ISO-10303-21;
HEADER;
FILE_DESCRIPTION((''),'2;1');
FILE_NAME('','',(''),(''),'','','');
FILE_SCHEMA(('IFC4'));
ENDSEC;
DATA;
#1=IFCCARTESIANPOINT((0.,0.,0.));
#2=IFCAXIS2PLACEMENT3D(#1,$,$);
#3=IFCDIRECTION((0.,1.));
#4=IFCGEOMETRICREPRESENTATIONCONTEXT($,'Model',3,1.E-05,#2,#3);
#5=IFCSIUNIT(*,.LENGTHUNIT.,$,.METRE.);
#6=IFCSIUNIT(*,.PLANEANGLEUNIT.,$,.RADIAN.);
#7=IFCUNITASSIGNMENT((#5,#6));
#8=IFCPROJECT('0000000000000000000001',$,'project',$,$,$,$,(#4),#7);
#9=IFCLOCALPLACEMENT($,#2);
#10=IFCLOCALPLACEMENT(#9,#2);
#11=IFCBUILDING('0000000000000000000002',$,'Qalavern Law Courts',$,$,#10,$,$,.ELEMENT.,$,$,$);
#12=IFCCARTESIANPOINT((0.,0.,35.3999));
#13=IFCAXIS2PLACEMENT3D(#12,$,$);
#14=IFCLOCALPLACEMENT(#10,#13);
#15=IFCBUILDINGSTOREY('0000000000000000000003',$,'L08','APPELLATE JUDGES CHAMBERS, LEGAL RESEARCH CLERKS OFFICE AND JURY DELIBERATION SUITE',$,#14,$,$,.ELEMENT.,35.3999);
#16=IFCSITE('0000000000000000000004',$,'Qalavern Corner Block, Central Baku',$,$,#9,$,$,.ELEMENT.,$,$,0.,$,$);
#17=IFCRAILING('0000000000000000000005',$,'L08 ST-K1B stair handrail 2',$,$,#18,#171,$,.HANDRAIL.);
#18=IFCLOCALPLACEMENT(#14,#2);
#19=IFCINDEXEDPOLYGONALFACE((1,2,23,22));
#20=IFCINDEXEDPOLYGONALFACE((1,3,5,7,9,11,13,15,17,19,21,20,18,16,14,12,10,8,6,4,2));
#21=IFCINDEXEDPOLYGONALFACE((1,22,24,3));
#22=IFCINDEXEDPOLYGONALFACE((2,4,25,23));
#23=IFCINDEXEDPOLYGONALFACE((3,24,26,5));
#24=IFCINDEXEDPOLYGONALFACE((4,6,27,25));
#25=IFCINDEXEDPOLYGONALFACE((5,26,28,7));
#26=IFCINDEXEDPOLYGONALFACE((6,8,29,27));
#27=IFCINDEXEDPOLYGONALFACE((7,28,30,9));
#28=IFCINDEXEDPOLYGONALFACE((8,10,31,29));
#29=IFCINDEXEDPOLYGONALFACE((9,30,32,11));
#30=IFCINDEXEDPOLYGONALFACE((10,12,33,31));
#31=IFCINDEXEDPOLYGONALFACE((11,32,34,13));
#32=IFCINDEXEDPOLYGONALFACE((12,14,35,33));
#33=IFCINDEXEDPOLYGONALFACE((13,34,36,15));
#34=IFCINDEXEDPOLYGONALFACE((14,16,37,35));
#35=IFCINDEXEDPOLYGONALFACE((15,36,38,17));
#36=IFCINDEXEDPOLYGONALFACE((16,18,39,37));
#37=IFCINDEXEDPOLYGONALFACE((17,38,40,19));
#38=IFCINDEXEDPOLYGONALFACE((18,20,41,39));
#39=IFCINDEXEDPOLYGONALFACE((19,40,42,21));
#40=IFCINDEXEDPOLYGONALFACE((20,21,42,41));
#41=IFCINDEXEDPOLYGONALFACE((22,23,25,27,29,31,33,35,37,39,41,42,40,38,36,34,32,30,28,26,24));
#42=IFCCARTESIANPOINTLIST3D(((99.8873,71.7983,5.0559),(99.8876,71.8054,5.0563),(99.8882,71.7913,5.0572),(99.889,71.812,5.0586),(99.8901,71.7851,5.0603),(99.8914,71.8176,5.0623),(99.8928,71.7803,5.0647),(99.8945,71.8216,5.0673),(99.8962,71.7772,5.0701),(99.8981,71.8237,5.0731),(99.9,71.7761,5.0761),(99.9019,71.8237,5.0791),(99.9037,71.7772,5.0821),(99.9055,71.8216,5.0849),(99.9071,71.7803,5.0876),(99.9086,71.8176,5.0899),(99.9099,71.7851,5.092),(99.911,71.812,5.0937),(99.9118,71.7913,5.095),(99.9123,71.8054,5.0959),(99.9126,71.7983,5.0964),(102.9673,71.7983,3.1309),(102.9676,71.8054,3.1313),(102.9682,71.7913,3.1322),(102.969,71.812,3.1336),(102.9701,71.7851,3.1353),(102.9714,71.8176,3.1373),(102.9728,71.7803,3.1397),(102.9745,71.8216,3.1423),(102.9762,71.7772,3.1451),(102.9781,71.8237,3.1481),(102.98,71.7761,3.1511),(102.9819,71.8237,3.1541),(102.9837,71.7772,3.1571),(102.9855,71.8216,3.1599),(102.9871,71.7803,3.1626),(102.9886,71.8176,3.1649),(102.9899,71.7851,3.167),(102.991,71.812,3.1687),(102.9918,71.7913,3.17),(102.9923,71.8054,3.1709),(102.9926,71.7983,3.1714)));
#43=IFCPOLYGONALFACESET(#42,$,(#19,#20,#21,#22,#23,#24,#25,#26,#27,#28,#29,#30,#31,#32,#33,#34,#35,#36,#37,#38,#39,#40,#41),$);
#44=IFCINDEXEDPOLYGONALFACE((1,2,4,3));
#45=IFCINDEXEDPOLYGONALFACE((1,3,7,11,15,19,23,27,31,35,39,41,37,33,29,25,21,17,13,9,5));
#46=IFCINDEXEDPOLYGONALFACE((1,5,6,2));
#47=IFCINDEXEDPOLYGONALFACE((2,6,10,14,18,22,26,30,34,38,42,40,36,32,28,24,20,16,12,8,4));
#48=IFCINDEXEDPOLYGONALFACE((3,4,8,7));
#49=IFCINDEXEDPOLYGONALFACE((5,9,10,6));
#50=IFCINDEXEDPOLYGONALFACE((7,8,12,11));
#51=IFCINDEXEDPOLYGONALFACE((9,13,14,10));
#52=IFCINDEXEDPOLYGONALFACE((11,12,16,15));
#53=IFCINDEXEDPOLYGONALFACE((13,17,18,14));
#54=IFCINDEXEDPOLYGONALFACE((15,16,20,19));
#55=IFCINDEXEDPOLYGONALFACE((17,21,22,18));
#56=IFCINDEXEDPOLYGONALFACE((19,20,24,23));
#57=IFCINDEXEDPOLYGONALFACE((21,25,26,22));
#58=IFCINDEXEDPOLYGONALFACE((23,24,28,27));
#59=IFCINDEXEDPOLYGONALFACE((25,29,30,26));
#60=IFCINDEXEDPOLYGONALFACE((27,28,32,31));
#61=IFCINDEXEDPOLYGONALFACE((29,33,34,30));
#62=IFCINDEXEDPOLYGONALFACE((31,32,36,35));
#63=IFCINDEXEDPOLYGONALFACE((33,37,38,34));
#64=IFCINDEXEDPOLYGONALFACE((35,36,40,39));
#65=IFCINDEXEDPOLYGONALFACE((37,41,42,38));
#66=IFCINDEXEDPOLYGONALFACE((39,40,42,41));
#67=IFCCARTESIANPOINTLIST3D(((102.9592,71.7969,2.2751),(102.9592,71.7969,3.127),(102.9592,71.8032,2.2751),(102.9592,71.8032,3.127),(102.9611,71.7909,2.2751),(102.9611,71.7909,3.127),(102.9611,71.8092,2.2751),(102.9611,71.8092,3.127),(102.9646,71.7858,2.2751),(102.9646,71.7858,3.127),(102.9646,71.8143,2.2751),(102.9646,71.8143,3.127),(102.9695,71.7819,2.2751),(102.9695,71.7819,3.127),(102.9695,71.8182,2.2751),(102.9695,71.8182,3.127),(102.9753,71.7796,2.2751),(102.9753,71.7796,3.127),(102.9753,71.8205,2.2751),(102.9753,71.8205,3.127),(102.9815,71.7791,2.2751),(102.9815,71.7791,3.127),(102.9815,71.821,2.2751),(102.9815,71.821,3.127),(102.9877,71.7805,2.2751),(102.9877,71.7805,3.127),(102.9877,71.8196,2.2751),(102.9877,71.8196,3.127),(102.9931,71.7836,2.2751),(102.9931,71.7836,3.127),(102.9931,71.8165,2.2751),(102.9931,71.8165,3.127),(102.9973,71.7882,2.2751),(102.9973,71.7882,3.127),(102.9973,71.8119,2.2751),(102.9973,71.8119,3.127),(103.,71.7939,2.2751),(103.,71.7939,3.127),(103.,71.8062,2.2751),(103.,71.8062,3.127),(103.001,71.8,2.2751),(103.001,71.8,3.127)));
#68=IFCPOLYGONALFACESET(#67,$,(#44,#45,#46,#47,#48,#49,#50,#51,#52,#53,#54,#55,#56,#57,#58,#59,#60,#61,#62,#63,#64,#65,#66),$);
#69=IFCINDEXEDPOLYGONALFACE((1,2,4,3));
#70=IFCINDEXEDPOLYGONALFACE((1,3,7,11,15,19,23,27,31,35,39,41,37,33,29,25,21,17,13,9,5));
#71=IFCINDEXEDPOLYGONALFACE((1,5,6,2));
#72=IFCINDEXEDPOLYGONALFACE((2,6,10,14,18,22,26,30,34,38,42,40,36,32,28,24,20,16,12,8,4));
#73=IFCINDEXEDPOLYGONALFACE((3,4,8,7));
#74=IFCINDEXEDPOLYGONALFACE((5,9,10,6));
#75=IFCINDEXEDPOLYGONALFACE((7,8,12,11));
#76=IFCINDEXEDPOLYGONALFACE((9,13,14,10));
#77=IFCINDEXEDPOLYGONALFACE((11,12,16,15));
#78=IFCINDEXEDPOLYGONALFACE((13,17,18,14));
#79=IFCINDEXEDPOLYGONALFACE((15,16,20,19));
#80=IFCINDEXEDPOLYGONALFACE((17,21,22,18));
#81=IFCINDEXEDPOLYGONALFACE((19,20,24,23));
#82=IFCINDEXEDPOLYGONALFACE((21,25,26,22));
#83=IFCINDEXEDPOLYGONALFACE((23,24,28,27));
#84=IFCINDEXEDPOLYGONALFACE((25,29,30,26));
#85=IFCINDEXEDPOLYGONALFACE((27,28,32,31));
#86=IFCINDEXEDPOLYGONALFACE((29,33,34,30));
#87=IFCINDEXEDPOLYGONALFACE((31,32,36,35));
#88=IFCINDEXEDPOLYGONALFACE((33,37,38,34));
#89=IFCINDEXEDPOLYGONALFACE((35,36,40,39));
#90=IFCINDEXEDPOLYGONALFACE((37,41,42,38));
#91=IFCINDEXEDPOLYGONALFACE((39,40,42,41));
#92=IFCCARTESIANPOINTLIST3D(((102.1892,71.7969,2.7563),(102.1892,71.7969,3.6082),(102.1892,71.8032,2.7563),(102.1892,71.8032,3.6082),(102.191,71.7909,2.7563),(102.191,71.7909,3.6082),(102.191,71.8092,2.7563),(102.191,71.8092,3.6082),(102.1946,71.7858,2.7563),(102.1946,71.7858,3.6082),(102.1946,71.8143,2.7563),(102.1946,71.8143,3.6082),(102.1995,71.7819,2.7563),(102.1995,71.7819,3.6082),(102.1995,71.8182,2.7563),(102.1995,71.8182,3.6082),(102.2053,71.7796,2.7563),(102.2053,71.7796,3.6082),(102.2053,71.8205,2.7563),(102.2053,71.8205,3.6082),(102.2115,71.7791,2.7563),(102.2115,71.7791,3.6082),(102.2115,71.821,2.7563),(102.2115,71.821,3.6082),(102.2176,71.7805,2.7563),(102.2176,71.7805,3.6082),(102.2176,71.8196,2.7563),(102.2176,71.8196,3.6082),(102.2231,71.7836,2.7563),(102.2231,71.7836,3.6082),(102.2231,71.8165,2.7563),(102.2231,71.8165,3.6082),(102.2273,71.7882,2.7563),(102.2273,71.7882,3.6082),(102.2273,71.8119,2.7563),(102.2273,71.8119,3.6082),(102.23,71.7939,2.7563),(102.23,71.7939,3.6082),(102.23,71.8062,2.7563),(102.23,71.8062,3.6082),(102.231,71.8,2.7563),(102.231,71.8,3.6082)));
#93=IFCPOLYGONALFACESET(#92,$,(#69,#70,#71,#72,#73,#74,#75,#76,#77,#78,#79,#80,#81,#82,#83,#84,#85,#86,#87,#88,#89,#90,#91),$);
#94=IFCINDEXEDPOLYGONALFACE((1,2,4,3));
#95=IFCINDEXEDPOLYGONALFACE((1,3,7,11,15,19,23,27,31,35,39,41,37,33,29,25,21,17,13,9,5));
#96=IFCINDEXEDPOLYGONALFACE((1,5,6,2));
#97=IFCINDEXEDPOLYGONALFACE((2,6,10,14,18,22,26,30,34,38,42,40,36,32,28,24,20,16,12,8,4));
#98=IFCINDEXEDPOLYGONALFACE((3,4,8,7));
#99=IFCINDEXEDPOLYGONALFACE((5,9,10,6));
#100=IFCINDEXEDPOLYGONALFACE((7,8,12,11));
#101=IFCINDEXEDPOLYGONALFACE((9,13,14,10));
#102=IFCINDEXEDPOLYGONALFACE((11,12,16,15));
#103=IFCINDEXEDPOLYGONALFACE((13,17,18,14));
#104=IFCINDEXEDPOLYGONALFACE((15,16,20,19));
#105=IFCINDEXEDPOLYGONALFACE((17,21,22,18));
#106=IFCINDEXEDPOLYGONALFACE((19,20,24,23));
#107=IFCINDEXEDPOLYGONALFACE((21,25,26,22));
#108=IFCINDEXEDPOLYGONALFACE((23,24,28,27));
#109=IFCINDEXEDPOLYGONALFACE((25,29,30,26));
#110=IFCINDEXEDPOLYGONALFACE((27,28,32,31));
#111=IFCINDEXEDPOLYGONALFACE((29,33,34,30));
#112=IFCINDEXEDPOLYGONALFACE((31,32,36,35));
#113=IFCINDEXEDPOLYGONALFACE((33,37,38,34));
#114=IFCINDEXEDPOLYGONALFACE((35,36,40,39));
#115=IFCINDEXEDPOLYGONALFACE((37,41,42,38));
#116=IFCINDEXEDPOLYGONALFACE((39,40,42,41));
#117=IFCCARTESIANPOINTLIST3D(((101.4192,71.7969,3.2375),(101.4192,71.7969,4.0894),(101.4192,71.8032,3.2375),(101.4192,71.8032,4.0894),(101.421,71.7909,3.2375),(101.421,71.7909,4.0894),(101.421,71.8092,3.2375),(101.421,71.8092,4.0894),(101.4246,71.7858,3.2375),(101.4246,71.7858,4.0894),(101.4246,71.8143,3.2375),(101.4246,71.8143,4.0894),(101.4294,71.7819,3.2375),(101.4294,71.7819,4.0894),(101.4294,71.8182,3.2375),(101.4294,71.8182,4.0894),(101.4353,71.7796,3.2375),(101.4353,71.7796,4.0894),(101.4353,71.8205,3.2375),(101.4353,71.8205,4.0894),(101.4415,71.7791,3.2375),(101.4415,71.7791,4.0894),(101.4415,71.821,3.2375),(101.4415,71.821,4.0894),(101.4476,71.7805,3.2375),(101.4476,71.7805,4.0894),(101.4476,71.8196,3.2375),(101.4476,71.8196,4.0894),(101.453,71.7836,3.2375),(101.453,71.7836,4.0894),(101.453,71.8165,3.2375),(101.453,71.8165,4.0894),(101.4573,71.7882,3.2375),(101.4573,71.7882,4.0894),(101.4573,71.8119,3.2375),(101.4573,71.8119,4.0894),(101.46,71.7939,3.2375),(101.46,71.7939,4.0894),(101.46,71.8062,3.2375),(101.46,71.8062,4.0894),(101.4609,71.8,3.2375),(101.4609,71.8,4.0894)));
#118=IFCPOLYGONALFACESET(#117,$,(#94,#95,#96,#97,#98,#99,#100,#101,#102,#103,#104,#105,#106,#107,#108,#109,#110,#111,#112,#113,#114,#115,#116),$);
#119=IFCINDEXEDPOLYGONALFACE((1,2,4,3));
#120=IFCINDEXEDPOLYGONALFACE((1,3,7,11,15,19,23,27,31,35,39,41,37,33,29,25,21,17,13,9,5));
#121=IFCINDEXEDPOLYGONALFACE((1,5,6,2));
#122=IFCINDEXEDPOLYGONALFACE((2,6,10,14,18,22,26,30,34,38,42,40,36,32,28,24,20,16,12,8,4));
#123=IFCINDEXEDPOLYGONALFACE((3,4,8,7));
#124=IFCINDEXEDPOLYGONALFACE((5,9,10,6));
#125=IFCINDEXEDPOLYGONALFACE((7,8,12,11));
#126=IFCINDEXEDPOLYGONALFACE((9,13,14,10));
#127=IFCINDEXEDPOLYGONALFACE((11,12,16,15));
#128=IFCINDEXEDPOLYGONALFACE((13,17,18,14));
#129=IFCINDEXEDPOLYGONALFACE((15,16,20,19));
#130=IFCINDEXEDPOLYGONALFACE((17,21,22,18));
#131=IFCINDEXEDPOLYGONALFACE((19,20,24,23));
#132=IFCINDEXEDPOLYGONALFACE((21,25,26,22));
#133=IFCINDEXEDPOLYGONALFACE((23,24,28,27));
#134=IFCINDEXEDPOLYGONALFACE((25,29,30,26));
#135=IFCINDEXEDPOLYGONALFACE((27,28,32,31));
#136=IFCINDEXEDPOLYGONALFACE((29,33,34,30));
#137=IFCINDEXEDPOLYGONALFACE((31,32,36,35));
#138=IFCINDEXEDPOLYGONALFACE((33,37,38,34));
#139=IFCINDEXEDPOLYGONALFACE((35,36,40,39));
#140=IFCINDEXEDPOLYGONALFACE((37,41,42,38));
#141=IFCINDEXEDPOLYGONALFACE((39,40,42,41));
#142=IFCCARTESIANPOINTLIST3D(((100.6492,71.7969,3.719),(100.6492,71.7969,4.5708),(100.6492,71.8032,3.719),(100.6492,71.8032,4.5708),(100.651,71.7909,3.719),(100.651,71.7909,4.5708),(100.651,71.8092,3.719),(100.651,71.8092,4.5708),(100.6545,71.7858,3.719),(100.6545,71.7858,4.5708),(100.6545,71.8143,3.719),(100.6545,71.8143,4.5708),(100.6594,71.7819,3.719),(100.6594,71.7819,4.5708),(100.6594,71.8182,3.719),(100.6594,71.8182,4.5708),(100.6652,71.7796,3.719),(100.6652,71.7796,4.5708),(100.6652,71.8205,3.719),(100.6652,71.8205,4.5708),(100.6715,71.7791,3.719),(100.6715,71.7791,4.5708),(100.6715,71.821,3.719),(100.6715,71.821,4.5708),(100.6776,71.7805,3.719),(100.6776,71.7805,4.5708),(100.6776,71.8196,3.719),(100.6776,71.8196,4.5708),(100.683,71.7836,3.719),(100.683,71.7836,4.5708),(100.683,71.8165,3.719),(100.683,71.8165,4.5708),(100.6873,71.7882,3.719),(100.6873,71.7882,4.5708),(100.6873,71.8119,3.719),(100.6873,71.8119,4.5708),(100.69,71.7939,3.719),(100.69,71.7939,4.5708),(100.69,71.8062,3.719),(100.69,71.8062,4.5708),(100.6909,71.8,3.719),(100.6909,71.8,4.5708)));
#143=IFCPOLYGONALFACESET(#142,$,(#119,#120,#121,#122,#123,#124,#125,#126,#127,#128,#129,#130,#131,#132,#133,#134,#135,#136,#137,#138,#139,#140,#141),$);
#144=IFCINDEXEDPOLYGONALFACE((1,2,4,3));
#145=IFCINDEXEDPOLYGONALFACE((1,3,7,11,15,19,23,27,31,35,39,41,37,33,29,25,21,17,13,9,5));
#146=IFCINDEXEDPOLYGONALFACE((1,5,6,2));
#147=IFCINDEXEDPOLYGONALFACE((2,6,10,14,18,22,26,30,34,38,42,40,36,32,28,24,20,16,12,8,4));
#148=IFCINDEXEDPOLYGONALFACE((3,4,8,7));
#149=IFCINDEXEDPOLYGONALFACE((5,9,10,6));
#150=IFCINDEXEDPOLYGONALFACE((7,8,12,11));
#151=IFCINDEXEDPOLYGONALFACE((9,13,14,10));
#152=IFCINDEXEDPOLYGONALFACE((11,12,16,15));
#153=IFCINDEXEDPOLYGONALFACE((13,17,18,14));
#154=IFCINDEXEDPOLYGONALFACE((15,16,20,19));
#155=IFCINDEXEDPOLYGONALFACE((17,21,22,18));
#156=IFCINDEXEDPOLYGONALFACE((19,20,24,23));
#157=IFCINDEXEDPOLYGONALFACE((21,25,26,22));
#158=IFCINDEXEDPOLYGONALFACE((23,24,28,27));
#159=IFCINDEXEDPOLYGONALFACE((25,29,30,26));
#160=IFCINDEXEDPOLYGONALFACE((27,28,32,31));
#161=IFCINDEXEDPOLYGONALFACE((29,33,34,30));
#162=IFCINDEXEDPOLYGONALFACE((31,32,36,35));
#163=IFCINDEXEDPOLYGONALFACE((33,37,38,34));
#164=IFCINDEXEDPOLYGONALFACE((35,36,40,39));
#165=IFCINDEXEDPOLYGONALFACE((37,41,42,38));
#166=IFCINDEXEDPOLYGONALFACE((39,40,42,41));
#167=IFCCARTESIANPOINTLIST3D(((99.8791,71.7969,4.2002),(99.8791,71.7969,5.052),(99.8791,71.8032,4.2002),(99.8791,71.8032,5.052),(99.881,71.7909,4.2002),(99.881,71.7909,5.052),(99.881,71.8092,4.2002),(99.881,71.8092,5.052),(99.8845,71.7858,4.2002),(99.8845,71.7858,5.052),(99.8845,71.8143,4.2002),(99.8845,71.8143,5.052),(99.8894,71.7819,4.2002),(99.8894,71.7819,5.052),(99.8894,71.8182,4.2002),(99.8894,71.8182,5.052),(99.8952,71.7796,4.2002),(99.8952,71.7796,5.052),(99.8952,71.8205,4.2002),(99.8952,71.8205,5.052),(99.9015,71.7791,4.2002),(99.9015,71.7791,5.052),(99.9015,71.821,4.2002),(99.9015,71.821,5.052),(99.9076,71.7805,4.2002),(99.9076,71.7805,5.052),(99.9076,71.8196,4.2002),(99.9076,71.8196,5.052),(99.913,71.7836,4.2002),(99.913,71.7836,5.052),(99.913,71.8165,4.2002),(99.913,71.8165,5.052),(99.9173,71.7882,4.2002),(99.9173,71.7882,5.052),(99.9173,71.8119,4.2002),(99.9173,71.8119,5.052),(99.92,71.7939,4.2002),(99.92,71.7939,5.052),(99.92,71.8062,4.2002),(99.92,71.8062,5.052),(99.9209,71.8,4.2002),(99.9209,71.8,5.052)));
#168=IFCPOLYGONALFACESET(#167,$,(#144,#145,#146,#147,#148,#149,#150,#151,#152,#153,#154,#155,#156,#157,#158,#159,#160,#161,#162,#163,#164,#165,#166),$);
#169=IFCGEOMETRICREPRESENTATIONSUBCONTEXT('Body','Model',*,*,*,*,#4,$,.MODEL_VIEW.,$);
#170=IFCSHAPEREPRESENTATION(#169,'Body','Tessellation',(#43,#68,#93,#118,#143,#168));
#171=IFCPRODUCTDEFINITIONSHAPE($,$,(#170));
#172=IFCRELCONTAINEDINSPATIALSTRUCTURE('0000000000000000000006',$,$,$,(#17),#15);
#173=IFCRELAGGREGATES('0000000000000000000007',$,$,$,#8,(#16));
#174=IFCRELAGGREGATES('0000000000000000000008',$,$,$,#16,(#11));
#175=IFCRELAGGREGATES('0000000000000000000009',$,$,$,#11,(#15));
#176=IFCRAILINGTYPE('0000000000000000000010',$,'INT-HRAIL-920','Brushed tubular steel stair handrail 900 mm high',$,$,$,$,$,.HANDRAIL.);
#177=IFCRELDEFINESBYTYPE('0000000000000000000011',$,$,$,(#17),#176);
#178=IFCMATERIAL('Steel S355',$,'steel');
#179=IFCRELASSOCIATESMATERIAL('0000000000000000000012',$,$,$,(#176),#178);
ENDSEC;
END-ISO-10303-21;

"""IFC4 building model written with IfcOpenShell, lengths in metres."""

from ifc_helpers import new_model, si_unit, direction, frame, origin, origin_2d, place, context, subcontext, project, spatial, circle, extrude, material, type_object, element, save


model = new_model("IFC4")

# Units and contexts
model_context = context("Model", 3, precision=1e-05, world=origin(), true_north=direction((0.0, 1.0)))
body_context = subcontext(model_context, "Body", "Model", "MODEL_VIEW")
ifc_project = project(units=[si_unit("LENGTHUNIT", "METRE"), si_unit("PLANEANGLEUNIT", "RADIAN")], contexts=[model_context])

# Site, building, storey
site_placement = place(None, origin())
site = spatial("IfcSite", under=ifc_project, at=site_placement, Name="Qalavern Corner Block, Central Baku", CompositionType="ELEMENT", RefElevation=0.0)
building_placement = place(site_placement, origin())
building = spatial("IfcBuilding", under=site, at=building_placement, Name="Qalavern Law Courts", CompositionType="ELEMENT")
storey_placement = place(building_placement, frame((0.0, 0.0, 35.3999)))
storey = spatial("IfcBuildingStorey", under=building, at=storey_placement, Name="L08", Description="APPELLATE JUDGES CHAMBERS, LEGAL RESEARCH CLERKS OFFICE AND JURY DELIBERATION SUITE", CompositionType="ELEMENT", Elevation=35.3999)

# Shared definitions
ifc_material_1 = material(Name="Steel S355", Category="steel")

# Railing
railing_type_1 = type_object("IfcRailingType", Name="INT-HRAIL-920", Description="Brushed tubular steel stair handrail 900 mm high", PredefinedType="HANDRAIL", material=ifc_material_1)
railing_1_placement = place(storey_placement, frame((102.98, 71.8, 2.2751)))
element("IfcRailing", 1, at=railing_1_placement, inside=storey, type_object=railing_type_1, Name="L08 ST-K1B stair handrail 2", PredefinedType="HANDRAIL", context=body_context, shape_type="SweptSolid", body=[
    extrude(circle(Radius=0.0239, at=origin_2d()), frame((0.0, 0.0, 0.876), z_axis=(-0.847998, 0.0, 0.529999), x_axis=(0.0, -1.0, 0.0)), (0.0, 0.0, 1.0), 3.6321),
    extrude(circle(Radius=0.021, at=origin_2d()), origin(), (0.0, 0.0, 1.0), 0.8518),
    extrude(circle(Radius=0.021, at=origin_2d()), frame((-0.77, 0.0, 0.4812)), (0.0, 0.0, 1.0), 0.8518),
    extrude(circle(Radius=0.021, at=origin_2d()), frame((-1.54, 0.0, 0.9624)), (0.0, 0.0, 1.0), 0.8518),
    extrude(circle(Radius=0.021, at=origin_2d()), frame((-2.3101, 0.0, 1.4438)), (0.0, 0.0, 1.0), 0.8518),
    extrude(circle(Radius=0.021, at=origin_2d()), frame((-3.0801, 0.0, 1.925)), (0.0, 0.0, 1.0), 0.8518),
])

save(model, "model.ifc")
